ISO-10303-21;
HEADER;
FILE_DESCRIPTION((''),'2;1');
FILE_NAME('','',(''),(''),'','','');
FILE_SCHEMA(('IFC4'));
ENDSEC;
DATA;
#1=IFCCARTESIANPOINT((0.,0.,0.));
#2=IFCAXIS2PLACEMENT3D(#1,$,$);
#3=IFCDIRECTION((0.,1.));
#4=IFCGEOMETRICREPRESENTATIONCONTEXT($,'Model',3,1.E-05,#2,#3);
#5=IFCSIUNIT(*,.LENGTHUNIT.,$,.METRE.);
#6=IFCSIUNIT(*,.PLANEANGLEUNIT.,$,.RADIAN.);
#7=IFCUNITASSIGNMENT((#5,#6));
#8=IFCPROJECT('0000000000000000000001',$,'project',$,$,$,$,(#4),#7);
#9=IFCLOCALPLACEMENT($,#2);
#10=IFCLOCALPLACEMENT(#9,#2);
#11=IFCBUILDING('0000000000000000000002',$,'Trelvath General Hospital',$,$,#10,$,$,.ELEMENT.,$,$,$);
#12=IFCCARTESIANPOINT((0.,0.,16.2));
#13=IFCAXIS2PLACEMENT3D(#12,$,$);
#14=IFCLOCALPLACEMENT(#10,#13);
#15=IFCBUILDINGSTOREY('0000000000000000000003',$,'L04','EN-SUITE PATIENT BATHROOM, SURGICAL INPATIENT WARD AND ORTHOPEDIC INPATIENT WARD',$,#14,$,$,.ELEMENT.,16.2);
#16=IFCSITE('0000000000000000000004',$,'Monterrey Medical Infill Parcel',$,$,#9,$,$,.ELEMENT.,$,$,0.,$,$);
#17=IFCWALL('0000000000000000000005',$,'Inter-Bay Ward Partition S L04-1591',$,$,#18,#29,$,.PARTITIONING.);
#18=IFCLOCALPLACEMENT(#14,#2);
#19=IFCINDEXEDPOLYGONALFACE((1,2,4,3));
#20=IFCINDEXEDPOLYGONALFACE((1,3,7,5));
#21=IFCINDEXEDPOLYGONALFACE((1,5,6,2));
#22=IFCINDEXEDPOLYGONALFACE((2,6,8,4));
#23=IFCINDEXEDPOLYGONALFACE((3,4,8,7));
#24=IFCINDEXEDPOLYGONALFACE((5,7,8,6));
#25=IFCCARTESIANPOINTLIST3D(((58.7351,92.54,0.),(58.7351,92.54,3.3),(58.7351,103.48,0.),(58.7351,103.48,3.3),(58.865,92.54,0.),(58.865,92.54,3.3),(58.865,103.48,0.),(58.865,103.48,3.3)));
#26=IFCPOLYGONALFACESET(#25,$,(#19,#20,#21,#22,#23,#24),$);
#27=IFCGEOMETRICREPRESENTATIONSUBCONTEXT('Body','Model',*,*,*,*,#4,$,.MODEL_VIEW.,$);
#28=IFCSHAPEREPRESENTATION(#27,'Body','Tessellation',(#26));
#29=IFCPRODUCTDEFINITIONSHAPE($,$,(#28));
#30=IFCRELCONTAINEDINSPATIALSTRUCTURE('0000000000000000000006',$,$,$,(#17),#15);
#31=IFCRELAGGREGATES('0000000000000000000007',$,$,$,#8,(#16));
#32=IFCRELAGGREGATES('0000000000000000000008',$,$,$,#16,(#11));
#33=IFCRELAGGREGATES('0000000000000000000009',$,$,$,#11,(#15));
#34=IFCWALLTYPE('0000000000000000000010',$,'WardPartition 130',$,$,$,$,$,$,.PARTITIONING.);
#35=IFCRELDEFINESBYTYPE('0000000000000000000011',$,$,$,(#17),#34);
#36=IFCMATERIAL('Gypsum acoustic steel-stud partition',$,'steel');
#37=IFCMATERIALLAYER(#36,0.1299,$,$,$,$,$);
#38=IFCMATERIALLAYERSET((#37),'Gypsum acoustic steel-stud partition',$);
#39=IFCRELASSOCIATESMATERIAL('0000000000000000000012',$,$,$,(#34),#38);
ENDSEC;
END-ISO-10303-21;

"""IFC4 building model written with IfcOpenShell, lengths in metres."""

from ifc_helpers import new_model, si_unit, direction, frame, frame_2d, origin, place, context, subcontext, project, spatial, rectangle, extrude, material, layer, layer_set, type_object, element, save


model = new_model("IFC4")

# Units and contexts
model_context = context("Model", 3, precision=1e-05, world=origin(), true_north=direction((0.0, 1.0)))
body_context = subcontext(model_context, "Body", "Model", "MODEL_VIEW")
ifc_project = project(units=[si_unit("LENGTHUNIT", "METRE"), si_unit("PLANEANGLEUNIT", "RADIAN")], contexts=[model_context])

# Site, building, storey
site_placement = place(None, origin())
site = spatial("IfcSite", under=ifc_project, at=site_placement, Name="Monterrey Medical Infill Parcel", CompositionType="ELEMENT", RefElevation=0.0)
building_placement = place(site_placement, origin())
building = spatial("IfcBuilding", under=site, at=building_placement, Name="Trelvath General Hospital", CompositionType="ELEMENT")
storey_placement = place(building_placement, frame((0.0, 0.0, 16.2)))
storey = spatial("IfcBuildingStorey", under=building, at=storey_placement, Name="L04", Description="EN-SUITE PATIENT BATHROOM, SURGICAL INPATIENT WARD AND ORTHOPEDIC INPATIENT WARD", CompositionType="ELEMENT", Elevation=16.2)

# Wall
ifc_material_1 = material(Name="Gypsum acoustic steel-stud partition", Category="steel")
ifc_layer_1 = layer(ifc_material_1, 0.1299)
ifc_layer_set_1 = layer_set([ifc_layer_1], Name="Gypsum acoustic steel-stud partition")
wall_type_1 = type_object("IfcWallType", Name="WardPartition 130", PredefinedType="PARTITIONING", material=ifc_layer_set_1)
wall_1_placement = place(storey_placement, frame((58.8, 92.54, 0.0), z_axis=(0.0, 0.0, 1.0), x_axis=(0.0, 1.0, 0.0)))
element("IfcWall", 1, at=wall_1_placement, inside=storey, type_object=wall_type_1, Name="Inter-Bay Ward Partition S L04-1591", PredefinedType="PARTITIONING", context=body_context, shape_type="SweptSolid", body=[
    extrude(rectangle(XDim=10.9399, YDim=0.1299, at=frame_2d((5.47, 0.0))), origin(), (0.0, 0.0, 1.0), 3.3),
])

save(model, "model.ifc")
